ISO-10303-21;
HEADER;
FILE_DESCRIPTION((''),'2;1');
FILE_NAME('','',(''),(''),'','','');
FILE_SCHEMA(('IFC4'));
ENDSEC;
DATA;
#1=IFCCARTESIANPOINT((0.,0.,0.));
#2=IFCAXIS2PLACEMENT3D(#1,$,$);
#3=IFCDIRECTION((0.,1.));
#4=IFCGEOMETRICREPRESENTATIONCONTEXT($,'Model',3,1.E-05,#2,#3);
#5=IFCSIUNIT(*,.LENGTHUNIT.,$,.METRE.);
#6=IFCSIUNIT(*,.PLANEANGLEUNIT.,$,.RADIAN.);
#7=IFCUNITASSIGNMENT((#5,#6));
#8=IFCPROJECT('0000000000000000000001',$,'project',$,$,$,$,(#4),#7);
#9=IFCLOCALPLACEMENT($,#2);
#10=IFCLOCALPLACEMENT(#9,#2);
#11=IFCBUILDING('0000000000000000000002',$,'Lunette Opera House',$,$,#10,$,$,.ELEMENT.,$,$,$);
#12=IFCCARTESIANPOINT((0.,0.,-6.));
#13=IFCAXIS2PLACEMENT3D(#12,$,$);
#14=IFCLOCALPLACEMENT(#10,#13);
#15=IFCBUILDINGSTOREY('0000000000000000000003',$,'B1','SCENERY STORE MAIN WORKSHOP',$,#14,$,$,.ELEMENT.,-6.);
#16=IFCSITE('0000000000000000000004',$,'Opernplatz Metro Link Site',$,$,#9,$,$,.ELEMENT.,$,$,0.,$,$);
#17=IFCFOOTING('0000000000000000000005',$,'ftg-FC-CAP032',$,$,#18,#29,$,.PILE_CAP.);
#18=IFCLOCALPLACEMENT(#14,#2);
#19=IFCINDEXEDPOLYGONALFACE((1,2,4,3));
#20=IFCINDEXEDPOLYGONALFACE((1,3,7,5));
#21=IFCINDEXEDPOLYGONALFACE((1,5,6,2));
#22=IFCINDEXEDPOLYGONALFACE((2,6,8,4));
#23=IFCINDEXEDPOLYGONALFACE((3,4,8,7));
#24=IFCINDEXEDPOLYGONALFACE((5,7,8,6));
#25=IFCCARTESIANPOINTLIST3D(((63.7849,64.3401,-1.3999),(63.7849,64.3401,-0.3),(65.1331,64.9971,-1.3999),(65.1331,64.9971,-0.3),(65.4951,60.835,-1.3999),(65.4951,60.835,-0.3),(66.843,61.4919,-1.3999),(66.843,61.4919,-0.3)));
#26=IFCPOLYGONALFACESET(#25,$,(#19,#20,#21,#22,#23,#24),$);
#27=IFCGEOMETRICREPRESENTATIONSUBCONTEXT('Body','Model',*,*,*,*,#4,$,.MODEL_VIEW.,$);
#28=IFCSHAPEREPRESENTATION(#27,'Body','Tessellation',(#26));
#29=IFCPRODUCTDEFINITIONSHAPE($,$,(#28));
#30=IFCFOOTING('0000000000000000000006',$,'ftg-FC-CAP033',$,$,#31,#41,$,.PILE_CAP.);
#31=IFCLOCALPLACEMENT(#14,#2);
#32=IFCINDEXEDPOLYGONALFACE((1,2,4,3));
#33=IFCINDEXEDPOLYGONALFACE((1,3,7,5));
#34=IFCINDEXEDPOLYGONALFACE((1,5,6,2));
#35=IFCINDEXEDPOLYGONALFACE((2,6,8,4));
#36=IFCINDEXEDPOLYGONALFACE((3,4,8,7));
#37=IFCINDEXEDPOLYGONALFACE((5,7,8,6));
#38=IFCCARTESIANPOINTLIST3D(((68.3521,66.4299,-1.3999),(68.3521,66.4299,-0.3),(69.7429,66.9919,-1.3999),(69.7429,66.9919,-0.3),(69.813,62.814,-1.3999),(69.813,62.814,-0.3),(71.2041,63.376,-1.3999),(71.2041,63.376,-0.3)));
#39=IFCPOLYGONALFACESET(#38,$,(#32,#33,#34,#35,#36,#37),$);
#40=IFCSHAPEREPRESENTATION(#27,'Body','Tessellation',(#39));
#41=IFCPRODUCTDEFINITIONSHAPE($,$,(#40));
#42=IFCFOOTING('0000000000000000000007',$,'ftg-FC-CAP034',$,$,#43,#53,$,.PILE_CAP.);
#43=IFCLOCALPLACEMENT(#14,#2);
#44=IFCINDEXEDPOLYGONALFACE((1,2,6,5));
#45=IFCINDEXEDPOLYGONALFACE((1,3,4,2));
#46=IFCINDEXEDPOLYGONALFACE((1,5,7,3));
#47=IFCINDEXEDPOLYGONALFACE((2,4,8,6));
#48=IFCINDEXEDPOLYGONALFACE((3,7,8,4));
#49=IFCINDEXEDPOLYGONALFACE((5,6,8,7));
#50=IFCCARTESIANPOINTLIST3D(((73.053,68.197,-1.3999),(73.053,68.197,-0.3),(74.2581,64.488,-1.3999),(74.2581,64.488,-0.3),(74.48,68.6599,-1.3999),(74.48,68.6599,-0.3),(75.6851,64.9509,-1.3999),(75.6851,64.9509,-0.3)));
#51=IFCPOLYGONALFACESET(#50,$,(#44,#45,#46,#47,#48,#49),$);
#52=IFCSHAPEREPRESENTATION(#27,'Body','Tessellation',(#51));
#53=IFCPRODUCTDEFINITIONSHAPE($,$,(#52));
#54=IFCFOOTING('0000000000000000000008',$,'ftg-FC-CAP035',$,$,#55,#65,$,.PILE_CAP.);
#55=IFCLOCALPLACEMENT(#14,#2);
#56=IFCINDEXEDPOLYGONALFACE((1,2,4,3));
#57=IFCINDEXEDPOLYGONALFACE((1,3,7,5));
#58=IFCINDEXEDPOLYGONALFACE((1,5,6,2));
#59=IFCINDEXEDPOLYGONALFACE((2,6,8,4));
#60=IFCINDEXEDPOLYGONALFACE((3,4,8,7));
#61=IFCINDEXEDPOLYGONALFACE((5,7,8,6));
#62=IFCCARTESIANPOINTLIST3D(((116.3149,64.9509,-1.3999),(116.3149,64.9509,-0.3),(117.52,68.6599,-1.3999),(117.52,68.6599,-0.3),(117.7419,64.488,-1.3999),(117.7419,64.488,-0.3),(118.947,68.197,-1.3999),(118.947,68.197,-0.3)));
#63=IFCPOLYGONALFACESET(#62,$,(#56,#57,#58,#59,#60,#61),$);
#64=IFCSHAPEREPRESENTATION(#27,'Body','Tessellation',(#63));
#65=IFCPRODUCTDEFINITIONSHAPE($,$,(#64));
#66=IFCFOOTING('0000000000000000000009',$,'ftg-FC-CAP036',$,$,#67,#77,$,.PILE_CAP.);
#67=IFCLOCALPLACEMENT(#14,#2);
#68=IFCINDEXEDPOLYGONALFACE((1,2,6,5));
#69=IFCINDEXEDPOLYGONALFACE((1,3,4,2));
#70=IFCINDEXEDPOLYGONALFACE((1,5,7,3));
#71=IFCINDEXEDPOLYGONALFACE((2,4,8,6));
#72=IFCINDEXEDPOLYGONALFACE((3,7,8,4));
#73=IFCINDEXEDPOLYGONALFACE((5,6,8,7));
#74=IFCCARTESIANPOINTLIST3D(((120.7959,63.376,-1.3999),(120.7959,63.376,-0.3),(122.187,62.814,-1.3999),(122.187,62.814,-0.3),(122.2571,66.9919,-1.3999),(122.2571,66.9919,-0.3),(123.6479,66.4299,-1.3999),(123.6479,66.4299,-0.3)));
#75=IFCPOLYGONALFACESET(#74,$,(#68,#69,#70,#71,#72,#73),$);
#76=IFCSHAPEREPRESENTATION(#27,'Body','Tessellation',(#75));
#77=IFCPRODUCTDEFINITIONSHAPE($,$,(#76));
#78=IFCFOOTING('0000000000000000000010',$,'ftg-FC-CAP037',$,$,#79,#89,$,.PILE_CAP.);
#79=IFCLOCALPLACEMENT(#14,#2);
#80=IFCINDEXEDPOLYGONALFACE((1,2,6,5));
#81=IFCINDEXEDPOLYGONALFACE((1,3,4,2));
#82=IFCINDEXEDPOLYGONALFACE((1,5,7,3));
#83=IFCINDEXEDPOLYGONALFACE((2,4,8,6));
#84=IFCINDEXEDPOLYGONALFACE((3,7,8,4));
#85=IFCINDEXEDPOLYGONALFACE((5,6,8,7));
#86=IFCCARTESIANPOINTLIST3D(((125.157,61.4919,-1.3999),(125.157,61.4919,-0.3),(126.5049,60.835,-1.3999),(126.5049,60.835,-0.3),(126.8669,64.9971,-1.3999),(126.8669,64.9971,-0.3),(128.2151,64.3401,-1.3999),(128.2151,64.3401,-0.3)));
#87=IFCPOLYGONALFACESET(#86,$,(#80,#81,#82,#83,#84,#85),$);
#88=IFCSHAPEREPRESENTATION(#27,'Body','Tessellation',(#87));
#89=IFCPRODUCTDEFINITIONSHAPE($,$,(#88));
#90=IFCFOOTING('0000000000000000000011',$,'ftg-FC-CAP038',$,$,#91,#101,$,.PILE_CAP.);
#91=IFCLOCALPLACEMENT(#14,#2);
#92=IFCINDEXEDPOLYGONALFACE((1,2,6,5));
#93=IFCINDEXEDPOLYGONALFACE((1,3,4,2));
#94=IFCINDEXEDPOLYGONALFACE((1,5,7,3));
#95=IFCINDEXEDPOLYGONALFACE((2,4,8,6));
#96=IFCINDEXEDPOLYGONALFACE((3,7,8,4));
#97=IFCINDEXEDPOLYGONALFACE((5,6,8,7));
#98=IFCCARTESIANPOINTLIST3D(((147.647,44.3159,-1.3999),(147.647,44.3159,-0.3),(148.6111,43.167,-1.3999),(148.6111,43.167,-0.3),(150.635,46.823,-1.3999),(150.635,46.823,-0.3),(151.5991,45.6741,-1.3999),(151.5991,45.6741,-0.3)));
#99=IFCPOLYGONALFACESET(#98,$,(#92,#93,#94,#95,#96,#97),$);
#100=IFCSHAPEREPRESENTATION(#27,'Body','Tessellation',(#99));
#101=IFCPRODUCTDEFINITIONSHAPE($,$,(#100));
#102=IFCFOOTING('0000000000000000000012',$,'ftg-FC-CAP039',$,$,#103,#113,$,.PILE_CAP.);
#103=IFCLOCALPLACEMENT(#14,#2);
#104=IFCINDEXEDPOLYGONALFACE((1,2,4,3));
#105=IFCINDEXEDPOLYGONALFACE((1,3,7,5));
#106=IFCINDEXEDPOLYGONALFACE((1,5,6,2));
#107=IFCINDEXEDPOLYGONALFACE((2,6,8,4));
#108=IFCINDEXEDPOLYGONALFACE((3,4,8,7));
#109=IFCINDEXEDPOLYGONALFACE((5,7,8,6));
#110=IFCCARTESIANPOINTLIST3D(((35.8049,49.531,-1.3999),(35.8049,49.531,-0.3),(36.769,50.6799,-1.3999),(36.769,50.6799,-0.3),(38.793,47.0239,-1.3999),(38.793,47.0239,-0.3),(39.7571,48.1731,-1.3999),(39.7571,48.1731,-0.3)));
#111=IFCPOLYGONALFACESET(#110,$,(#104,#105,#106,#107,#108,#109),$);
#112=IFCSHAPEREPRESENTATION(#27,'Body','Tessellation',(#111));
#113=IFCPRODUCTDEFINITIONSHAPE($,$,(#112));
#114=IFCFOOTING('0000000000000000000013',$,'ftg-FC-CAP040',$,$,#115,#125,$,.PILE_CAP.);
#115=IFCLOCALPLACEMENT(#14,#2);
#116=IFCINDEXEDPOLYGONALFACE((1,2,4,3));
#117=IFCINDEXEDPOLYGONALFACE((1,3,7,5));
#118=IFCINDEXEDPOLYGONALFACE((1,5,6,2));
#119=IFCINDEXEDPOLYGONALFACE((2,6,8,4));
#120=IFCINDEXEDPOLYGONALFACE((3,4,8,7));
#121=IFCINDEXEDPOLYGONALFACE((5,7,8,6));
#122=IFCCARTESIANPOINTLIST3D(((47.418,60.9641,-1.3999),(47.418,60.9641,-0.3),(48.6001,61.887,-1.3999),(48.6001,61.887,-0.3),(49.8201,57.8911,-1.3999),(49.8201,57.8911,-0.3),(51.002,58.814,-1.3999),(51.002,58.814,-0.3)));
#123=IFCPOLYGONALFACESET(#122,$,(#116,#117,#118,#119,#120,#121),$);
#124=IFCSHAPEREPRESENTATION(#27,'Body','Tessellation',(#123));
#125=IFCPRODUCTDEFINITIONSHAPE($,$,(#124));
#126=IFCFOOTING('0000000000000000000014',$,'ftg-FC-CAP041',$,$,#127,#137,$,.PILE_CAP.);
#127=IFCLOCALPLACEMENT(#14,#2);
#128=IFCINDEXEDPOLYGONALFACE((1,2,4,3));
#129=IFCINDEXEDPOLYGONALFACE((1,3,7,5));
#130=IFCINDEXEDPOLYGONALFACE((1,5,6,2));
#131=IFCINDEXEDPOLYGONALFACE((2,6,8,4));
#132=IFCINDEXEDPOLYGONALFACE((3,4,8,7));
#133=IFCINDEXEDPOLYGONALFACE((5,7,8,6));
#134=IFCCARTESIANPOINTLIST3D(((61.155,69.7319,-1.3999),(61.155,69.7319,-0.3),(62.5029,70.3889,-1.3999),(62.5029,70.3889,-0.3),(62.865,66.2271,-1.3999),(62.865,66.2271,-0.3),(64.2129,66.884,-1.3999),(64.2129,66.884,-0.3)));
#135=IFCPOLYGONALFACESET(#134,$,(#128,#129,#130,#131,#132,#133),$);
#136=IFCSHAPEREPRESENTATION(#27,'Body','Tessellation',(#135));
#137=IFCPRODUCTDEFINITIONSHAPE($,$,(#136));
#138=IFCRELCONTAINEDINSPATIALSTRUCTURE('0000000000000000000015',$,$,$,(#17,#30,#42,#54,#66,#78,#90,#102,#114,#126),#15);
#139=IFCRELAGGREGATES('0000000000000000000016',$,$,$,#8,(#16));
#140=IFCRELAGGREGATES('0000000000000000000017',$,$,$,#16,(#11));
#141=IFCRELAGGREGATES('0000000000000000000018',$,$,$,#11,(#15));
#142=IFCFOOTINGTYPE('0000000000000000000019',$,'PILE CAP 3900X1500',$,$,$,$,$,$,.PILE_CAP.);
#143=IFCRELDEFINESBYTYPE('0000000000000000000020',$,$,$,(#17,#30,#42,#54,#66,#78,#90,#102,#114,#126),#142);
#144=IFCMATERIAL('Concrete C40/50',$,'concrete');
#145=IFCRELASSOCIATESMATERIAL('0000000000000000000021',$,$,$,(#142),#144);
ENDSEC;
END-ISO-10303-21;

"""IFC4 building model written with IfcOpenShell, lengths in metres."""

from ifc_helpers import new_model, si_unit, direction, frame, origin, place, context, subcontext, project, spatial, polyline, outline, extrude, material, type_object, element, save


model = new_model("IFC4")

# Units and contexts
model_context = context("Model", 3, precision=1e-05, world=origin(), true_north=direction((0.0, 1.0)))
body_context = subcontext(model_context, "Body", "Model", "MODEL_VIEW")
ifc_project = project(units=[si_unit("LENGTHUNIT", "METRE"), si_unit("PLANEANGLEUNIT", "RADIAN")], contexts=[model_context])

# Site, building, storey
site_placement = place(None, origin())
site = spatial("IfcSite", under=ifc_project, at=site_placement, Name="Opernplatz Metro Link Site", CompositionType="ELEMENT", RefElevation=0.0)
building_placement = place(site_placement, origin())
building = spatial("IfcBuilding", under=site, at=building_placement, Name="Lunette Opera House", CompositionType="ELEMENT")
storey_placement = place(building_placement, frame((0.0, 0.0, -6.0)))
storey = spatial("IfcBuildingStorey", under=building, at=storey_placement, Name="B1", Description="SCENERY STORE MAIN WORKSHOP", CompositionType="ELEMENT", Elevation=-6.0)

# Footings
ifc_material = material(Name="Concrete C40/50", Category="concrete")
footing_type = type_object("IfcFootingType", Name="PILE CAP 3900X1500", PredefinedType="PILE_CAP", material=ifc_material)
footing_1_placement = place(storey_placement, frame((0.0, 0.0, -1.3999)))
element("IfcFooting", 1, at=footing_1_placement, inside=storey, type_object=footing_type, Name="ftg-FC-CAP032", PredefinedType="PILE_CAP", context=body_context, shape_type="SweptSolid", body=[
    extrude(outline(polyline([(65.4951, 60.835), (66.843, 61.4919), (65.1331, 64.9971), (63.7849, 64.3401), (65.4951, 60.835)])), origin(), (0.0, 0.0, 1.0), 1.0999),
])
footing_2_placement = place(storey_placement, frame((0.0, 0.0, -1.3999)))
element("IfcFooting", 2, at=footing_2_placement, inside=storey, type_object=footing_type, Name="ftg-FC-CAP033", PredefinedType="PILE_CAP", context=body_context, shape_type="SweptSolid", body=[
    extrude(outline(polyline([(69.813, 62.814), (71.2041, 63.376), (69.7429, 66.9919), (68.3521, 66.4299), (69.813, 62.814)])), origin(), (0.0, 0.0, 1.0), 1.0999),
])
footing_3_placement = place(storey_placement, frame((0.0, 0.0, -1.3999)))
element("IfcFooting", 3, at=footing_3_placement, inside=storey, type_object=footing_type, Name="ftg-FC-CAP034", PredefinedType="PILE_CAP", context=body_context, shape_type="SweptSolid", body=[
    extrude(outline(polyline([(74.2581, 64.488), (75.6851, 64.9509), (74.48, 68.6599), (73.053, 68.197), (74.2581, 64.488)])), origin(), (0.0, 0.0, 1.0), 1.0999),
])
footing_4_placement = place(storey_placement, frame((0.0, 0.0, -1.3999)))
element("IfcFooting", 4, at=footing_4_placement, inside=storey, type_object=footing_type, Name="ftg-FC-CAP035", PredefinedType="PILE_CAP", context=body_context, shape_type="SweptSolid", body=[
    extrude(outline(polyline([(116.3149, 64.9509), (117.7419, 64.488), (118.947, 68.197), (117.52, 68.6599), (116.3149, 64.9509)])), origin(), (0.0, 0.0, 1.0), 1.0999),
])
footing_5_placement = place(storey_placement, frame((0.0, 0.0, -1.3999)))
element("IfcFooting", 5, at=footing_5_placement, inside=storey, type_object=footing_type, Name="ftg-FC-CAP036", PredefinedType="PILE_CAP", context=body_context, shape_type="SweptSolid", body=[
    extrude(outline(polyline([(120.7959, 63.376), (122.187, 62.814), (123.6479, 66.4299), (122.2571, 66.9919), (120.7959, 63.376)])), origin(), (0.0, 0.0, 1.0), 1.0999),
])
footing_6_placement = place(storey_placement, frame((0.0, 0.0, -1.3999)))
element("IfcFooting", 6, at=footing_6_placement, inside=storey, type_object=footing_type, Name="ftg-FC-CAP037", PredefinedType="PILE_CAP", context=body_context, shape_type="SweptSolid", body=[
    extrude(outline(polyline([(125.157, 61.4919), (126.5049, 60.835), (128.2151, 64.3401), (126.8669, 64.9971), (125.157, 61.4919)])), origin(), (0.0, 0.0, 1.0), 1.0999),
])
footing_7_placement = place(storey_placement, frame((0.0, 0.0, -1.3999)))
element("IfcFooting", 7, at=footing_7_placement, inside=storey, type_object=footing_type, Name="ftg-FC-CAP038", PredefinedType="PILE_CAP", context=body_context, shape_type="SweptSolid", body=[
    extrude(outline(polyline([(147.647, 44.3159), (148.6111, 43.167), (151.5991, 45.6741), (150.635, 46.823), (147.647, 44.3159)])), origin(), (0.0, 0.0, 1.0), 1.0999),
])
footing_8_placement = place(storey_placement, frame((0.0, 0.0, -1.3999)))
element("IfcFooting", 8, at=footing_8_placement, inside=storey, type_object=footing_type, Name="ftg-FC-CAP039", PredefinedType="PILE_CAP", context=body_context, shape_type="SweptSolid", body=[
    extrude(outline(polyline([(38.793, 47.0239), (39.7571, 48.1731), (36.769, 50.6799), (35.8049, 49.531), (38.793, 47.0239)])), origin(), (0.0, 0.0, 1.0), 1.0999),
])
footing_9_placement = place(storey_placement, frame((0.0, 0.0, -1.3999)))
element("IfcFooting", 9, at=footing_9_placement, inside=storey, type_object=footing_type, Name="ftg-FC-CAP040", PredefinedType="PILE_CAP", context=body_context, shape_type="SweptSolid", body=[
    extrude(outline(polyline([(49.8201, 57.8911), (51.002, 58.814), (48.6001, 61.887), (47.418, 60.9641), (49.8201, 57.8911)])), origin(), (0.0, 0.0, 1.0), 1.0999),
])
footing_10_placement = place(storey_placement, frame((0.0, 0.0, -1.3999)))
element("IfcFooting", 10, at=footing_10_placement, inside=storey, type_object=footing_type, Name="ftg-FC-CAP041", PredefinedType="PILE_CAP", context=body_context, shape_type="SweptSolid", body=[
    extrude(outline(polyline([(62.865, 66.2271), (64.2129, 66.884), (62.5029, 70.3889), (61.155, 69.7319), (62.865, 66.2271)])), origin(), (0.0, 0.0, 1.0), 1.0999),
])

save(model, "model.ifc")
